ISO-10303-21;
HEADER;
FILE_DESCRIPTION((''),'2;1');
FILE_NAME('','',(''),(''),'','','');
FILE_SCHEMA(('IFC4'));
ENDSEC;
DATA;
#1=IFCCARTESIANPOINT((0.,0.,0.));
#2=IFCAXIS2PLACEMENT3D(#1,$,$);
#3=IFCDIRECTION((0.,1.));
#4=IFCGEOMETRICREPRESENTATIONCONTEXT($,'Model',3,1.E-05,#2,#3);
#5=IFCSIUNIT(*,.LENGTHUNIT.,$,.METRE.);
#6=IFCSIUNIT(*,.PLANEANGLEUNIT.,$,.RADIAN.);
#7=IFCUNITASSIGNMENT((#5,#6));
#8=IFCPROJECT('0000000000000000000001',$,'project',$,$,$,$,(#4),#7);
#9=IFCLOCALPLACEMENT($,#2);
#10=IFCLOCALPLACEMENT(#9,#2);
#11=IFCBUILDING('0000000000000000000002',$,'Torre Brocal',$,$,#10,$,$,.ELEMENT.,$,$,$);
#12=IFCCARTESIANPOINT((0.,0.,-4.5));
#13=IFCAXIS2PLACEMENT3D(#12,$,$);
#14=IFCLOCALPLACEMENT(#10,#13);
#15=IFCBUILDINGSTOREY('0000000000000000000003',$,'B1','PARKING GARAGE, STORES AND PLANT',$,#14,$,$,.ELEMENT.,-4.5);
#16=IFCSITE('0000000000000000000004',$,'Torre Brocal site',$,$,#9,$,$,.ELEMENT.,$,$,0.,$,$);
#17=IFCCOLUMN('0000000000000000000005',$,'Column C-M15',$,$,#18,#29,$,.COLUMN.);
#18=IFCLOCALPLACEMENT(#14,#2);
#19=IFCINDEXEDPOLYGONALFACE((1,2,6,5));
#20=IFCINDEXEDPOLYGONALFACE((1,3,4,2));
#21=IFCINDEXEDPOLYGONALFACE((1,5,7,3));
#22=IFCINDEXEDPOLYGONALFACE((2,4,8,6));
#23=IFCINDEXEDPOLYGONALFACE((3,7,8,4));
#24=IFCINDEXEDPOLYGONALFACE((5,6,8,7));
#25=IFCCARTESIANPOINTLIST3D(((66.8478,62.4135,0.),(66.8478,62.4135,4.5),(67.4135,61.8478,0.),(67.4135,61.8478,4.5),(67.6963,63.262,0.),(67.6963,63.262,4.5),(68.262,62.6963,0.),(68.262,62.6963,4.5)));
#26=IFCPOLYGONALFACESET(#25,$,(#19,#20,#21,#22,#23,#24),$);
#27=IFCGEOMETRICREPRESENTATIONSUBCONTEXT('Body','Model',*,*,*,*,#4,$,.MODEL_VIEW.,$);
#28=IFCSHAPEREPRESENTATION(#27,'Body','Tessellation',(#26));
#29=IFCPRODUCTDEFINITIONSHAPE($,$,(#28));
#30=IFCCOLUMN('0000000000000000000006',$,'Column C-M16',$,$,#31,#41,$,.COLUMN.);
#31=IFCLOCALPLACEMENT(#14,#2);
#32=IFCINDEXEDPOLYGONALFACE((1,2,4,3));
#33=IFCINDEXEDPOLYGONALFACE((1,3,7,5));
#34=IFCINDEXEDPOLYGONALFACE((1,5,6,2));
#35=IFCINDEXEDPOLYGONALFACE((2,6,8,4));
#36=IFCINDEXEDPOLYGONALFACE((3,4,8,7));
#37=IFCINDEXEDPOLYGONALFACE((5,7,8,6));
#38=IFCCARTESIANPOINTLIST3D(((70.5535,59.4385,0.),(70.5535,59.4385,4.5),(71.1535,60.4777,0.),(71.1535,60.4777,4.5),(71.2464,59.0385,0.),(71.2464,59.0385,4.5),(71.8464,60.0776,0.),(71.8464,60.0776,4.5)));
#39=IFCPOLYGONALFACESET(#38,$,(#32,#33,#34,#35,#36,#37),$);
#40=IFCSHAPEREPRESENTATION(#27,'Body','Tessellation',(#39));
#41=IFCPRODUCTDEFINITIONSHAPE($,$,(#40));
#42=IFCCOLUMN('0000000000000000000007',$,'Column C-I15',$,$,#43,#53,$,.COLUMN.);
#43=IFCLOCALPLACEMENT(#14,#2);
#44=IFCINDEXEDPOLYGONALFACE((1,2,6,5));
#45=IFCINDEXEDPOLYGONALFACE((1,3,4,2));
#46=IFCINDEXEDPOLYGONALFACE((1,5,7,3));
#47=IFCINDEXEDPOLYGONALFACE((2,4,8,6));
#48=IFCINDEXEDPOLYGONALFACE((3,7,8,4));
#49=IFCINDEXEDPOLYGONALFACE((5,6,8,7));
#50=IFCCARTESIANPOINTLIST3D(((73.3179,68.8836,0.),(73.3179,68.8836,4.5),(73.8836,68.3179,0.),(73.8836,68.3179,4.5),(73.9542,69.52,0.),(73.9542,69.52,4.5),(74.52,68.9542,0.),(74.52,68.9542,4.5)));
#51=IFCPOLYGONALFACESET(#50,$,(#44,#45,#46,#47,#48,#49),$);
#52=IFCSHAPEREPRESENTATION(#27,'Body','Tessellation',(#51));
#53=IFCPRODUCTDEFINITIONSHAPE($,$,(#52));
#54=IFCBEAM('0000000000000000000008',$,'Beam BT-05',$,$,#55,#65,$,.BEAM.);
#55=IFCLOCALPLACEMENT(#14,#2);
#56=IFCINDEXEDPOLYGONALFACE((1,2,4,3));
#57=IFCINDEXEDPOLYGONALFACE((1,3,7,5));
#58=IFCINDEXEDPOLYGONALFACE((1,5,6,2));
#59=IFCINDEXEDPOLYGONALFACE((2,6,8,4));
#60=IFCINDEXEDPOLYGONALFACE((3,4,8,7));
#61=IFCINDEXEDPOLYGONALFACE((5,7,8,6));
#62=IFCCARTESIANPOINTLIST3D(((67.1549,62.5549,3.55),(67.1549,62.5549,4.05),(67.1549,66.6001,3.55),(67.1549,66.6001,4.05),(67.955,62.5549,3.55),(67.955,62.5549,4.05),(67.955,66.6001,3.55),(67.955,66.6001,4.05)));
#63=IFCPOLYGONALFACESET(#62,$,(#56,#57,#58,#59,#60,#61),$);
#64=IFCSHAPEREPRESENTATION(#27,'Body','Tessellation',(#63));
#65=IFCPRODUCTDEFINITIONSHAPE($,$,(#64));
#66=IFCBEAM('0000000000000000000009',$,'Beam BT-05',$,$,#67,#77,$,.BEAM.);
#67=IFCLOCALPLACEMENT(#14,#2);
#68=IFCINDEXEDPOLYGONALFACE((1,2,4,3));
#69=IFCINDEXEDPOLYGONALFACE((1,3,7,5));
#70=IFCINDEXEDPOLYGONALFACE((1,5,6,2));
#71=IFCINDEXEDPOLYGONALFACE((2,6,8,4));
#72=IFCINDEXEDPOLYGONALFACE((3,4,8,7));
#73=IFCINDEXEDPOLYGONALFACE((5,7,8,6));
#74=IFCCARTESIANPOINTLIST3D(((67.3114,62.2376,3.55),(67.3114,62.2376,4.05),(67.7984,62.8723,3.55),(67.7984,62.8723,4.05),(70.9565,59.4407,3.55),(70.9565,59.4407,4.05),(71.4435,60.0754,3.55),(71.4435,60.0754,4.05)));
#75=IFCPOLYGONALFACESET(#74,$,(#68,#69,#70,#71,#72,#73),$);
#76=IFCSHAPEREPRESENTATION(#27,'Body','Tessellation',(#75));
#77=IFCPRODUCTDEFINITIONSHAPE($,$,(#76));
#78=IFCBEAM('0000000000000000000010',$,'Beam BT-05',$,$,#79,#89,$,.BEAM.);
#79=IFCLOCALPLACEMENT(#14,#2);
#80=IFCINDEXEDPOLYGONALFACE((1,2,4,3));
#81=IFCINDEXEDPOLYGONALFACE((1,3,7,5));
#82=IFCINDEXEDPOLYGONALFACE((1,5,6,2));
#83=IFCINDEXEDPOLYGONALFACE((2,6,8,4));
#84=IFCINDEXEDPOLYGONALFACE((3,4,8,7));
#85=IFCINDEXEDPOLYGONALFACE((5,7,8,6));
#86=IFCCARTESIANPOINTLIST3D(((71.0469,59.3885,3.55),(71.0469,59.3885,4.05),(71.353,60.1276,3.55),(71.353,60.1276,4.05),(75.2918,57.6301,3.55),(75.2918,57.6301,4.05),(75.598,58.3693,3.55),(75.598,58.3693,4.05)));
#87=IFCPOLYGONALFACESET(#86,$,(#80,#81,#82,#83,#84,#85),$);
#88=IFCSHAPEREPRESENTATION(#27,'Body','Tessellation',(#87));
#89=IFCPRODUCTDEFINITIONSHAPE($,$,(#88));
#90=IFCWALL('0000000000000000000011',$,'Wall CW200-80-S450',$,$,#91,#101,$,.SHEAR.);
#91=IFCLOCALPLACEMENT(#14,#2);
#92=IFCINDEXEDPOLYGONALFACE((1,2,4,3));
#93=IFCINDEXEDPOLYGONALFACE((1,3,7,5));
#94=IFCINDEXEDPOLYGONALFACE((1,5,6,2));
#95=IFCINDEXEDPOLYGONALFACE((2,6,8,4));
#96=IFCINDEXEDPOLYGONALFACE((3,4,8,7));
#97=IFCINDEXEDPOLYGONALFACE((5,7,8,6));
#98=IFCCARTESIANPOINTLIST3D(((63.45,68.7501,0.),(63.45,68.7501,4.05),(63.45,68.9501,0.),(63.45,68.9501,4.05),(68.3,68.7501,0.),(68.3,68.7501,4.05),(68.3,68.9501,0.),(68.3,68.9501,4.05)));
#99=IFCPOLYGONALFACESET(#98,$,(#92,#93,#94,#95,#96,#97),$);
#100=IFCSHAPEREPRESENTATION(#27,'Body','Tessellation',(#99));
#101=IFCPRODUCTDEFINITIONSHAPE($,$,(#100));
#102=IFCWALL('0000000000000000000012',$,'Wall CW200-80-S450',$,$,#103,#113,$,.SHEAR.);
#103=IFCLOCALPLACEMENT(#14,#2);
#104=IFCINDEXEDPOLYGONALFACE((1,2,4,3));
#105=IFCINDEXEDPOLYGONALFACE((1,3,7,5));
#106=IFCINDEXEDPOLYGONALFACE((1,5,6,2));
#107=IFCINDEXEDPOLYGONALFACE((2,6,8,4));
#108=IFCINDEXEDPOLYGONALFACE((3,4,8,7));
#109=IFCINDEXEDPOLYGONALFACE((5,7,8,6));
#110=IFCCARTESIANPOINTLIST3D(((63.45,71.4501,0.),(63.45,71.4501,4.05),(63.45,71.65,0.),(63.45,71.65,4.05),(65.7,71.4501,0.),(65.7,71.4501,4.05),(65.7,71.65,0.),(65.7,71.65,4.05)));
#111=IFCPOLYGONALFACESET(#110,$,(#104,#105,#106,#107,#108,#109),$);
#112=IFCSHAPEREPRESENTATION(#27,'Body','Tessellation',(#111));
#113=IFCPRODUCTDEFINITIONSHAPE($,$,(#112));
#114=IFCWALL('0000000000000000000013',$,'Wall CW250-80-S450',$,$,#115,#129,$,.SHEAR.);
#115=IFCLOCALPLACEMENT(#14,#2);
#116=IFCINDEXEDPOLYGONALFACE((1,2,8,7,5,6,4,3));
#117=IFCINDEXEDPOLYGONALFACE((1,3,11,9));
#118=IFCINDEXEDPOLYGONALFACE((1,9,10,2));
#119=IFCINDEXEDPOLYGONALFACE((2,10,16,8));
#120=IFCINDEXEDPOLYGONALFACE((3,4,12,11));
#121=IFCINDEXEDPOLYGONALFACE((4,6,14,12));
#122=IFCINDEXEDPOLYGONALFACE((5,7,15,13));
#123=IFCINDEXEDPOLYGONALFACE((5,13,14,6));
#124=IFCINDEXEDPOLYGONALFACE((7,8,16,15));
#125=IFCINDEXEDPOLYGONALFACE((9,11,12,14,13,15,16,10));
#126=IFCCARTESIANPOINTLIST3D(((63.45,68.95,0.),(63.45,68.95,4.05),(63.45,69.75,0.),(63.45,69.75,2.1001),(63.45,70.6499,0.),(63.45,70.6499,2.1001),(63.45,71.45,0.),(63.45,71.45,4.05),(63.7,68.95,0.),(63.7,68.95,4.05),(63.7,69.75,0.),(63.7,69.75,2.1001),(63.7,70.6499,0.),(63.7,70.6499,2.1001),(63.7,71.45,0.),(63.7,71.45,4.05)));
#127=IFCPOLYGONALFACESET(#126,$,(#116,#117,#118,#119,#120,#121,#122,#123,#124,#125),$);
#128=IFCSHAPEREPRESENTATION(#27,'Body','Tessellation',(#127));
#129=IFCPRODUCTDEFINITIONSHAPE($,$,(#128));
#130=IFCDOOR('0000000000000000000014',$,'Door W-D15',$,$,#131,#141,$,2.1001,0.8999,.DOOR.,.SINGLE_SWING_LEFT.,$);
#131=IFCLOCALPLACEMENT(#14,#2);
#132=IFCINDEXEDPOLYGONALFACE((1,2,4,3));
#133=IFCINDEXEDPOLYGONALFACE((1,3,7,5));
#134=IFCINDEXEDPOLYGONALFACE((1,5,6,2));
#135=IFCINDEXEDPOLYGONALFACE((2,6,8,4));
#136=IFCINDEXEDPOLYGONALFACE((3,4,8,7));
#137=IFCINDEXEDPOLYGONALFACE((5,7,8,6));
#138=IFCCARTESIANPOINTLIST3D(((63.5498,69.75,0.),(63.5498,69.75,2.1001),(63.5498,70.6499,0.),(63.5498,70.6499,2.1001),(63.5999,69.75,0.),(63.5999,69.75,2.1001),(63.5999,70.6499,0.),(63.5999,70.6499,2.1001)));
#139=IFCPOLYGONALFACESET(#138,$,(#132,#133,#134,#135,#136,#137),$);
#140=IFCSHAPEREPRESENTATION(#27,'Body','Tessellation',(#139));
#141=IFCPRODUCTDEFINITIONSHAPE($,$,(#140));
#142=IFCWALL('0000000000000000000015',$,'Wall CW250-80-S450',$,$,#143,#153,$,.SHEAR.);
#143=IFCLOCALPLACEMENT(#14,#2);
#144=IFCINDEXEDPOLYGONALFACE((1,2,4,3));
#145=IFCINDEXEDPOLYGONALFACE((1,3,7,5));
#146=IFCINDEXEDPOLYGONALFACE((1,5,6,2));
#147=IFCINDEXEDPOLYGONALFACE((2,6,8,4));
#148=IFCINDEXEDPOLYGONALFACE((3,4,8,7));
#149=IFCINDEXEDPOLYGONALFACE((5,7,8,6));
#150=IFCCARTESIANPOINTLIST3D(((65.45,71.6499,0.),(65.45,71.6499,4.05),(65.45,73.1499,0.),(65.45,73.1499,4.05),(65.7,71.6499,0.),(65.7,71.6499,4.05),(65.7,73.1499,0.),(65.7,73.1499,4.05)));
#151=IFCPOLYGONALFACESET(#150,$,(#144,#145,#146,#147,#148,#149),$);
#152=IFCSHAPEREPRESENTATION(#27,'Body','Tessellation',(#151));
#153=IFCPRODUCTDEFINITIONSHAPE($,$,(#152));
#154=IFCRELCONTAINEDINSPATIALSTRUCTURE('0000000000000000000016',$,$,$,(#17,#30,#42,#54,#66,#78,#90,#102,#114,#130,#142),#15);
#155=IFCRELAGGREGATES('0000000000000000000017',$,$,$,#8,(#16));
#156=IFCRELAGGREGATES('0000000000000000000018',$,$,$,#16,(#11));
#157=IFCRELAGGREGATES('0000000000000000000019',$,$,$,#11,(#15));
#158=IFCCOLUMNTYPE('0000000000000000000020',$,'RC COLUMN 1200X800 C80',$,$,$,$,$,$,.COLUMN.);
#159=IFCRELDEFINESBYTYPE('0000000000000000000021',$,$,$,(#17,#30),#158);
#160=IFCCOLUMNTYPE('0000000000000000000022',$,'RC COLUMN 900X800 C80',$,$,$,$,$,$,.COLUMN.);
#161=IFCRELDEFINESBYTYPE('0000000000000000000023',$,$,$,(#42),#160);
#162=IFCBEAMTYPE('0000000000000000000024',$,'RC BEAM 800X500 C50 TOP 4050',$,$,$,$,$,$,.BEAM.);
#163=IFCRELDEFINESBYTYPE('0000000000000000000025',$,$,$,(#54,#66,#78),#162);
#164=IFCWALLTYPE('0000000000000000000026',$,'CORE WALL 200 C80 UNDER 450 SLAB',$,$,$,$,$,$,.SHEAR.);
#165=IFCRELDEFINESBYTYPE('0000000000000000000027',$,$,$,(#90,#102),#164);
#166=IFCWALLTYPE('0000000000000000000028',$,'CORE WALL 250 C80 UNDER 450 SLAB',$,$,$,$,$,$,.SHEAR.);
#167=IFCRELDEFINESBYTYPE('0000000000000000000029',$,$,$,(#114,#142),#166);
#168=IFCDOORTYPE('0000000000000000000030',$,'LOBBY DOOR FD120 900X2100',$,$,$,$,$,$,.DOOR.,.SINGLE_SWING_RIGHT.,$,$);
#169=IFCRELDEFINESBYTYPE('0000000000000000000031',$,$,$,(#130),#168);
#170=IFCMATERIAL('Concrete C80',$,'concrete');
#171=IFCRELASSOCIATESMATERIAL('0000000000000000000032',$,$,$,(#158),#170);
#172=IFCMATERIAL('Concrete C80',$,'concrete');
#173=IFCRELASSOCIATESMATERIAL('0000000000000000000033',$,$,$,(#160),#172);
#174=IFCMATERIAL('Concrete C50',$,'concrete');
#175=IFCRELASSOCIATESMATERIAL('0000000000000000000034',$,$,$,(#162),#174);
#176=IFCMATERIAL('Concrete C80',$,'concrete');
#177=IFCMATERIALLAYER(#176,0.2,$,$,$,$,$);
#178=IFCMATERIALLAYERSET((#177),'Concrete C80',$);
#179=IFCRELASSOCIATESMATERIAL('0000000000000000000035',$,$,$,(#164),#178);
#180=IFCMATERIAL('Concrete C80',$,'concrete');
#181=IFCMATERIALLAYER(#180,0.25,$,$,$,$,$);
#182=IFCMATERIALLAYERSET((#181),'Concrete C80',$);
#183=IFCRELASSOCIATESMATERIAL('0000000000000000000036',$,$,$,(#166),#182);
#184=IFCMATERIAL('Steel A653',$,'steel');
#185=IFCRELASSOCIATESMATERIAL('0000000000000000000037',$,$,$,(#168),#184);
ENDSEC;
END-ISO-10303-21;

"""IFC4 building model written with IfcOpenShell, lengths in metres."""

from ifc_helpers import new_model, si_unit, direction, frame, frame_2d, origin, origin_2d, place, context, subcontext, project, spatial, rectangle, extrude, material, layer, layer_set, material_profile, profile_set, type_object, element, fill, save


model = new_model("IFC4")

# Units and contexts
model_context = context("Model", 3, precision=1e-05, world=origin(), true_north=direction((0.0, 1.0)))
body_context = subcontext(model_context, "Body", "Model", "MODEL_VIEW")
ifc_project = project(units=[si_unit("LENGTHUNIT", "METRE"), si_unit("PLANEANGLEUNIT", "RADIAN")], contexts=[model_context])

# Site, building, storey
site_placement = place(None, origin())
site = spatial("IfcSite", under=ifc_project, at=site_placement, Name="Torre Brocal site", CompositionType="ELEMENT", RefElevation=0.0)
building_placement = place(site_placement, origin())
building = spatial("IfcBuilding", under=site, at=building_placement, Name="Torre Brocal", CompositionType="ELEMENT")
storey_placement = place(building_placement, frame((0.0, 0.0, -4.5)))
storey = spatial("IfcBuildingStorey", under=building, at=storey_placement, Name="B1", Description="PARKING GARAGE, STORES AND PLANT", CompositionType="ELEMENT", Elevation=-4.5)

# Columns
ifc_material_1 = material(Name="Concrete C80", Category="concrete")
ifc_material_profile_1 = material_profile(ifc_material_1, rectangle(XDim=1.2, YDim=0.8, at=origin_2d()), Name="RC 1200X800")
ifc_profile_set_1 = profile_set([ifc_material_profile_1], Name="Concrete C80")
column_type_1 = type_object("IfcColumnType", Name="RC COLUMN 1200X800 C80", PredefinedType="COLUMN", material=ifc_profile_set_1)
for number, where, z_axis, x_axis, name in (
    (1, (67.5549, 62.5549, 0.0), (0.0, 0.0, 1.0), (-0.707107, -0.707107, 0.0), "Column C-M15"),
    (2, (71.2, 59.7581, 0.0), (0.0, 0.0, 1.0), (-0.5, -0.866025, 0.0), "Column C-M16"),
):
    element("IfcColumn", number, at=place(storey_placement, frame(where, z_axis=z_axis, x_axis=x_axis)), inside=storey, type_object=column_type_1, Name=name, PredefinedType="COLUMN", context=body_context, shape_type="SweptSolid", body=[
        extrude(rectangle(XDim=1.2, YDim=0.8, at=origin_2d()), origin(), (0.0, 0.0, 1.0), 4.5),
    ])
ifc_material_2 = material(Name="Concrete C80", Category="concrete")
ifc_material_profile_2 = material_profile(ifc_material_2, rectangle(XDim=0.8999, YDim=0.8, at=origin_2d()), Name="RC 900X800")
ifc_profile_set_2 = profile_set([ifc_material_profile_2], Name="Concrete C80")
column_type_2 = type_object("IfcColumnType", Name="RC COLUMN 900X800 C80", PredefinedType="COLUMN", material=ifc_profile_set_2)
column_placement = place(storey_placement, frame((73.9189, 68.9189, 0.0), z_axis=(0.0, 0.0, 1.0), x_axis=(-0.707107, -0.707107, 0.0)))
element("IfcColumn", 3, at=column_placement, inside=storey, type_object=column_type_2, Name="Column C-I15", PredefinedType="COLUMN", context=body_context, shape_type="SweptSolid", body=[
    extrude(rectangle(XDim=0.8999, YDim=0.8, at=origin_2d()), origin(), (0.0, 0.0, 1.0), 4.5),
])

# Beams
ifc_material_3 = material(Name="Concrete C50", Category="concrete")
ifc_material_profile_3 = material_profile(ifc_material_3, rectangle(XDim=0.8, YDim=0.5, at=origin_2d()), Name="RC 800X500")
ifc_profile_set_3 = profile_set([ifc_material_profile_3], Name="Concrete C50")
beam_type = type_object("IfcBeamType", Name="RC BEAM 800X500 C50 TOP 4050", PredefinedType="BEAM", material=ifc_profile_set_3)
beam_1_placement = place(storey_placement, frame((67.5549, 62.5549, 3.8), z_axis=(0.0, 1.0, 0.0), x_axis=(-1.0, 0.0, 0.0)))
element("IfcBeam", 4, at=beam_1_placement, inside=storey, type_object=beam_type, Name="Beam BT-05", PredefinedType="BEAM", context=body_context, shape_type="SweptSolid", body=[
    extrude(rectangle(XDim=0.8, YDim=0.5, at=origin_2d()), origin(), (0.0, 0.0, 1.0), 4.0452),
])
beam_2_placement = place(storey_placement, frame((67.5549, 62.5549, 3.8), z_axis=(0.793358, -0.608755, 0.0), x_axis=(0.608755, 0.793358, 0.0)))
element("IfcBeam", 5, at=beam_2_placement, inside=storey, type_object=beam_type, Name="Beam BT-05", PredefinedType="BEAM", context=body_context, shape_type="SweptSolid", body=[
    extrude(rectangle(XDim=0.8, YDim=0.5, at=origin_2d()), origin(), (0.0, 0.0, 1.0), 4.5945),
])
beam_3_placement = place(storey_placement, frame((71.2, 59.7581, 3.8), z_axis=(0.923878, -0.382687, 0.0), x_axis=(0.382687, 0.923878, 0.0)))
element("IfcBeam", 6, at=beam_3_placement, inside=storey, type_object=beam_type, Name="Beam BT-05", PredefinedType="BEAM", context=body_context, shape_type="SweptSolid", body=[
    extrude(rectangle(XDim=0.8, YDim=0.5, at=origin_2d()), origin(), (0.0, 0.0, 1.0), 4.5947),
])

# Walls
ifc_material_4 = material(Name="Concrete C80", Category="concrete")
ifc_layer_1 = layer(ifc_material_4, 0.2)
ifc_layer_set_1 = layer_set([ifc_layer_1], Name="Concrete C80")
wall_type_1 = type_object("IfcWallType", Name="CORE WALL 200 C80 UNDER 450 SLAB", PredefinedType="SHEAR", material=ifc_layer_set_1)
wall_1_placement = place(storey_placement, frame((68.3, 68.8501, 0.0), z_axis=(0.0, 0.0, 1.0), x_axis=(-1.0, 0.0, 0.0)))
element("IfcWall", 7, at=wall_1_placement, inside=storey, type_object=wall_type_1, Name="Wall CW200-80-S450", PredefinedType="SHEAR", context=body_context, shape_type="SweptSolid", body=[
    extrude(rectangle(XDim=4.8501, YDim=0.2, at=frame_2d((2.425, 0.0))), origin(), (0.0, 0.0, 1.0), 4.05),
])
wall_2_placement = place(storey_placement, frame((65.7, 71.55, 0.0), z_axis=(0.0, 0.0, 1.0), x_axis=(-1.0, 0.0, 0.0)))
element("IfcWall", 8, at=wall_2_placement, inside=storey, type_object=wall_type_1, Name="Wall CW200-80-S450", PredefinedType="SHEAR", context=body_context, shape_type="SweptSolid", body=[
    extrude(rectangle(XDim=2.25, YDim=0.2, at=frame_2d((1.125, 0.0))), origin(), (0.0, 0.0, 1.0), 4.05),
])

# Wall, opening, door
ifc_material_5 = material(Name="Concrete C80", Category="concrete")
ifc_layer_2 = layer(ifc_material_5, 0.25)
ifc_layer_set_2 = layer_set([ifc_layer_2], Name="Concrete C80")
wall_type_2 = type_object("IfcWallType", Name="CORE WALL 250 C80 UNDER 450 SLAB", PredefinedType="SHEAR", material=ifc_layer_set_2)
wall_3_placement = place(storey_placement, frame((63.575, 71.45, 0.0), z_axis=(0.0, 0.0, 1.0), x_axis=(0.0, -1.0, 0.0)))
wall_3 = element("IfcWall", 9, at=wall_3_placement, inside=storey, type_object=wall_type_2, Name="Wall CW250-80-S450", PredefinedType="SHEAR", context=body_context, shape_type="SweptSolid", body=[
    extrude(rectangle(XDim=2.5, YDim=0.25, at=frame_2d((1.25, 0.0))), origin(), (0.0, 0.0, 1.0), 4.05),
])
opening_1_placement = place(wall_3_placement, frame((0.8, 0.0, 0.0)))
opening_1 = element("IfcOpeningElement", 10, at=opening_1_placement, cuts=wall_3, PredefinedType="OPENING", context=body_context, shape_type="SweptSolid", body=[
    extrude(rectangle(XDim=0.8999, YDim=2.1001, at=frame_2d((0.45, 1.05))), frame((0.0, 0.135, 0.0), z_axis=(0.0, -1.0, 0.0), x_axis=(1.0, 0.0, 0.0)), (0.0, 0.0, 1.0), 0.27),
])
ifc_material_6 = material(Name="Steel A653", Category="steel")
door_type_1 = type_object("IfcDoorType", Name="LOBBY DOOR FD120 900X2100", OperationType="SINGLE_SWING_RIGHT", PredefinedType="DOOR", material=ifc_material_6)
door_1_placement = place(opening_1_placement, origin())
door_1 = element("IfcDoor", 11, at=door_1_placement, inside=storey, type_object=door_type_1, Name="Door W-D15", OperationType="SINGLE_SWING_LEFT", OverallHeight=2.1001, OverallWidth=0.8999, PredefinedType="DOOR", context=body_context, shape_type="SweptSolid", body=[
    extrude(rectangle(XDim=0.8999, YDim=2.1001, at=frame_2d((0.45, 1.05))), frame((0.0, 0.0249, 0.0), z_axis=(0.0, -1.0, 0.0), x_axis=(1.0, 0.0, 0.0)), (0.0, 0.0, 1.0), 0.05),
])
fill(opening_1, door_1)

# Wall
wall_4_placement = place(storey_placement, frame((65.575, 73.1499, 0.0), z_axis=(0.0, 0.0, 1.0), x_axis=(0.0, -1.0, 0.0)))
element("IfcWall", 12, at=wall_4_placement, inside=storey, type_object=wall_type_2, Name="Wall CW250-80-S450", PredefinedType="SHEAR", context=body_context, shape_type="SweptSolid", body=[
    extrude(rectangle(XDim=1.5, YDim=0.25, at=frame_2d((0.75, 0.0))), origin(), (0.0, 0.0, 1.0), 4.05),
])

save(model, "model.ifc")
